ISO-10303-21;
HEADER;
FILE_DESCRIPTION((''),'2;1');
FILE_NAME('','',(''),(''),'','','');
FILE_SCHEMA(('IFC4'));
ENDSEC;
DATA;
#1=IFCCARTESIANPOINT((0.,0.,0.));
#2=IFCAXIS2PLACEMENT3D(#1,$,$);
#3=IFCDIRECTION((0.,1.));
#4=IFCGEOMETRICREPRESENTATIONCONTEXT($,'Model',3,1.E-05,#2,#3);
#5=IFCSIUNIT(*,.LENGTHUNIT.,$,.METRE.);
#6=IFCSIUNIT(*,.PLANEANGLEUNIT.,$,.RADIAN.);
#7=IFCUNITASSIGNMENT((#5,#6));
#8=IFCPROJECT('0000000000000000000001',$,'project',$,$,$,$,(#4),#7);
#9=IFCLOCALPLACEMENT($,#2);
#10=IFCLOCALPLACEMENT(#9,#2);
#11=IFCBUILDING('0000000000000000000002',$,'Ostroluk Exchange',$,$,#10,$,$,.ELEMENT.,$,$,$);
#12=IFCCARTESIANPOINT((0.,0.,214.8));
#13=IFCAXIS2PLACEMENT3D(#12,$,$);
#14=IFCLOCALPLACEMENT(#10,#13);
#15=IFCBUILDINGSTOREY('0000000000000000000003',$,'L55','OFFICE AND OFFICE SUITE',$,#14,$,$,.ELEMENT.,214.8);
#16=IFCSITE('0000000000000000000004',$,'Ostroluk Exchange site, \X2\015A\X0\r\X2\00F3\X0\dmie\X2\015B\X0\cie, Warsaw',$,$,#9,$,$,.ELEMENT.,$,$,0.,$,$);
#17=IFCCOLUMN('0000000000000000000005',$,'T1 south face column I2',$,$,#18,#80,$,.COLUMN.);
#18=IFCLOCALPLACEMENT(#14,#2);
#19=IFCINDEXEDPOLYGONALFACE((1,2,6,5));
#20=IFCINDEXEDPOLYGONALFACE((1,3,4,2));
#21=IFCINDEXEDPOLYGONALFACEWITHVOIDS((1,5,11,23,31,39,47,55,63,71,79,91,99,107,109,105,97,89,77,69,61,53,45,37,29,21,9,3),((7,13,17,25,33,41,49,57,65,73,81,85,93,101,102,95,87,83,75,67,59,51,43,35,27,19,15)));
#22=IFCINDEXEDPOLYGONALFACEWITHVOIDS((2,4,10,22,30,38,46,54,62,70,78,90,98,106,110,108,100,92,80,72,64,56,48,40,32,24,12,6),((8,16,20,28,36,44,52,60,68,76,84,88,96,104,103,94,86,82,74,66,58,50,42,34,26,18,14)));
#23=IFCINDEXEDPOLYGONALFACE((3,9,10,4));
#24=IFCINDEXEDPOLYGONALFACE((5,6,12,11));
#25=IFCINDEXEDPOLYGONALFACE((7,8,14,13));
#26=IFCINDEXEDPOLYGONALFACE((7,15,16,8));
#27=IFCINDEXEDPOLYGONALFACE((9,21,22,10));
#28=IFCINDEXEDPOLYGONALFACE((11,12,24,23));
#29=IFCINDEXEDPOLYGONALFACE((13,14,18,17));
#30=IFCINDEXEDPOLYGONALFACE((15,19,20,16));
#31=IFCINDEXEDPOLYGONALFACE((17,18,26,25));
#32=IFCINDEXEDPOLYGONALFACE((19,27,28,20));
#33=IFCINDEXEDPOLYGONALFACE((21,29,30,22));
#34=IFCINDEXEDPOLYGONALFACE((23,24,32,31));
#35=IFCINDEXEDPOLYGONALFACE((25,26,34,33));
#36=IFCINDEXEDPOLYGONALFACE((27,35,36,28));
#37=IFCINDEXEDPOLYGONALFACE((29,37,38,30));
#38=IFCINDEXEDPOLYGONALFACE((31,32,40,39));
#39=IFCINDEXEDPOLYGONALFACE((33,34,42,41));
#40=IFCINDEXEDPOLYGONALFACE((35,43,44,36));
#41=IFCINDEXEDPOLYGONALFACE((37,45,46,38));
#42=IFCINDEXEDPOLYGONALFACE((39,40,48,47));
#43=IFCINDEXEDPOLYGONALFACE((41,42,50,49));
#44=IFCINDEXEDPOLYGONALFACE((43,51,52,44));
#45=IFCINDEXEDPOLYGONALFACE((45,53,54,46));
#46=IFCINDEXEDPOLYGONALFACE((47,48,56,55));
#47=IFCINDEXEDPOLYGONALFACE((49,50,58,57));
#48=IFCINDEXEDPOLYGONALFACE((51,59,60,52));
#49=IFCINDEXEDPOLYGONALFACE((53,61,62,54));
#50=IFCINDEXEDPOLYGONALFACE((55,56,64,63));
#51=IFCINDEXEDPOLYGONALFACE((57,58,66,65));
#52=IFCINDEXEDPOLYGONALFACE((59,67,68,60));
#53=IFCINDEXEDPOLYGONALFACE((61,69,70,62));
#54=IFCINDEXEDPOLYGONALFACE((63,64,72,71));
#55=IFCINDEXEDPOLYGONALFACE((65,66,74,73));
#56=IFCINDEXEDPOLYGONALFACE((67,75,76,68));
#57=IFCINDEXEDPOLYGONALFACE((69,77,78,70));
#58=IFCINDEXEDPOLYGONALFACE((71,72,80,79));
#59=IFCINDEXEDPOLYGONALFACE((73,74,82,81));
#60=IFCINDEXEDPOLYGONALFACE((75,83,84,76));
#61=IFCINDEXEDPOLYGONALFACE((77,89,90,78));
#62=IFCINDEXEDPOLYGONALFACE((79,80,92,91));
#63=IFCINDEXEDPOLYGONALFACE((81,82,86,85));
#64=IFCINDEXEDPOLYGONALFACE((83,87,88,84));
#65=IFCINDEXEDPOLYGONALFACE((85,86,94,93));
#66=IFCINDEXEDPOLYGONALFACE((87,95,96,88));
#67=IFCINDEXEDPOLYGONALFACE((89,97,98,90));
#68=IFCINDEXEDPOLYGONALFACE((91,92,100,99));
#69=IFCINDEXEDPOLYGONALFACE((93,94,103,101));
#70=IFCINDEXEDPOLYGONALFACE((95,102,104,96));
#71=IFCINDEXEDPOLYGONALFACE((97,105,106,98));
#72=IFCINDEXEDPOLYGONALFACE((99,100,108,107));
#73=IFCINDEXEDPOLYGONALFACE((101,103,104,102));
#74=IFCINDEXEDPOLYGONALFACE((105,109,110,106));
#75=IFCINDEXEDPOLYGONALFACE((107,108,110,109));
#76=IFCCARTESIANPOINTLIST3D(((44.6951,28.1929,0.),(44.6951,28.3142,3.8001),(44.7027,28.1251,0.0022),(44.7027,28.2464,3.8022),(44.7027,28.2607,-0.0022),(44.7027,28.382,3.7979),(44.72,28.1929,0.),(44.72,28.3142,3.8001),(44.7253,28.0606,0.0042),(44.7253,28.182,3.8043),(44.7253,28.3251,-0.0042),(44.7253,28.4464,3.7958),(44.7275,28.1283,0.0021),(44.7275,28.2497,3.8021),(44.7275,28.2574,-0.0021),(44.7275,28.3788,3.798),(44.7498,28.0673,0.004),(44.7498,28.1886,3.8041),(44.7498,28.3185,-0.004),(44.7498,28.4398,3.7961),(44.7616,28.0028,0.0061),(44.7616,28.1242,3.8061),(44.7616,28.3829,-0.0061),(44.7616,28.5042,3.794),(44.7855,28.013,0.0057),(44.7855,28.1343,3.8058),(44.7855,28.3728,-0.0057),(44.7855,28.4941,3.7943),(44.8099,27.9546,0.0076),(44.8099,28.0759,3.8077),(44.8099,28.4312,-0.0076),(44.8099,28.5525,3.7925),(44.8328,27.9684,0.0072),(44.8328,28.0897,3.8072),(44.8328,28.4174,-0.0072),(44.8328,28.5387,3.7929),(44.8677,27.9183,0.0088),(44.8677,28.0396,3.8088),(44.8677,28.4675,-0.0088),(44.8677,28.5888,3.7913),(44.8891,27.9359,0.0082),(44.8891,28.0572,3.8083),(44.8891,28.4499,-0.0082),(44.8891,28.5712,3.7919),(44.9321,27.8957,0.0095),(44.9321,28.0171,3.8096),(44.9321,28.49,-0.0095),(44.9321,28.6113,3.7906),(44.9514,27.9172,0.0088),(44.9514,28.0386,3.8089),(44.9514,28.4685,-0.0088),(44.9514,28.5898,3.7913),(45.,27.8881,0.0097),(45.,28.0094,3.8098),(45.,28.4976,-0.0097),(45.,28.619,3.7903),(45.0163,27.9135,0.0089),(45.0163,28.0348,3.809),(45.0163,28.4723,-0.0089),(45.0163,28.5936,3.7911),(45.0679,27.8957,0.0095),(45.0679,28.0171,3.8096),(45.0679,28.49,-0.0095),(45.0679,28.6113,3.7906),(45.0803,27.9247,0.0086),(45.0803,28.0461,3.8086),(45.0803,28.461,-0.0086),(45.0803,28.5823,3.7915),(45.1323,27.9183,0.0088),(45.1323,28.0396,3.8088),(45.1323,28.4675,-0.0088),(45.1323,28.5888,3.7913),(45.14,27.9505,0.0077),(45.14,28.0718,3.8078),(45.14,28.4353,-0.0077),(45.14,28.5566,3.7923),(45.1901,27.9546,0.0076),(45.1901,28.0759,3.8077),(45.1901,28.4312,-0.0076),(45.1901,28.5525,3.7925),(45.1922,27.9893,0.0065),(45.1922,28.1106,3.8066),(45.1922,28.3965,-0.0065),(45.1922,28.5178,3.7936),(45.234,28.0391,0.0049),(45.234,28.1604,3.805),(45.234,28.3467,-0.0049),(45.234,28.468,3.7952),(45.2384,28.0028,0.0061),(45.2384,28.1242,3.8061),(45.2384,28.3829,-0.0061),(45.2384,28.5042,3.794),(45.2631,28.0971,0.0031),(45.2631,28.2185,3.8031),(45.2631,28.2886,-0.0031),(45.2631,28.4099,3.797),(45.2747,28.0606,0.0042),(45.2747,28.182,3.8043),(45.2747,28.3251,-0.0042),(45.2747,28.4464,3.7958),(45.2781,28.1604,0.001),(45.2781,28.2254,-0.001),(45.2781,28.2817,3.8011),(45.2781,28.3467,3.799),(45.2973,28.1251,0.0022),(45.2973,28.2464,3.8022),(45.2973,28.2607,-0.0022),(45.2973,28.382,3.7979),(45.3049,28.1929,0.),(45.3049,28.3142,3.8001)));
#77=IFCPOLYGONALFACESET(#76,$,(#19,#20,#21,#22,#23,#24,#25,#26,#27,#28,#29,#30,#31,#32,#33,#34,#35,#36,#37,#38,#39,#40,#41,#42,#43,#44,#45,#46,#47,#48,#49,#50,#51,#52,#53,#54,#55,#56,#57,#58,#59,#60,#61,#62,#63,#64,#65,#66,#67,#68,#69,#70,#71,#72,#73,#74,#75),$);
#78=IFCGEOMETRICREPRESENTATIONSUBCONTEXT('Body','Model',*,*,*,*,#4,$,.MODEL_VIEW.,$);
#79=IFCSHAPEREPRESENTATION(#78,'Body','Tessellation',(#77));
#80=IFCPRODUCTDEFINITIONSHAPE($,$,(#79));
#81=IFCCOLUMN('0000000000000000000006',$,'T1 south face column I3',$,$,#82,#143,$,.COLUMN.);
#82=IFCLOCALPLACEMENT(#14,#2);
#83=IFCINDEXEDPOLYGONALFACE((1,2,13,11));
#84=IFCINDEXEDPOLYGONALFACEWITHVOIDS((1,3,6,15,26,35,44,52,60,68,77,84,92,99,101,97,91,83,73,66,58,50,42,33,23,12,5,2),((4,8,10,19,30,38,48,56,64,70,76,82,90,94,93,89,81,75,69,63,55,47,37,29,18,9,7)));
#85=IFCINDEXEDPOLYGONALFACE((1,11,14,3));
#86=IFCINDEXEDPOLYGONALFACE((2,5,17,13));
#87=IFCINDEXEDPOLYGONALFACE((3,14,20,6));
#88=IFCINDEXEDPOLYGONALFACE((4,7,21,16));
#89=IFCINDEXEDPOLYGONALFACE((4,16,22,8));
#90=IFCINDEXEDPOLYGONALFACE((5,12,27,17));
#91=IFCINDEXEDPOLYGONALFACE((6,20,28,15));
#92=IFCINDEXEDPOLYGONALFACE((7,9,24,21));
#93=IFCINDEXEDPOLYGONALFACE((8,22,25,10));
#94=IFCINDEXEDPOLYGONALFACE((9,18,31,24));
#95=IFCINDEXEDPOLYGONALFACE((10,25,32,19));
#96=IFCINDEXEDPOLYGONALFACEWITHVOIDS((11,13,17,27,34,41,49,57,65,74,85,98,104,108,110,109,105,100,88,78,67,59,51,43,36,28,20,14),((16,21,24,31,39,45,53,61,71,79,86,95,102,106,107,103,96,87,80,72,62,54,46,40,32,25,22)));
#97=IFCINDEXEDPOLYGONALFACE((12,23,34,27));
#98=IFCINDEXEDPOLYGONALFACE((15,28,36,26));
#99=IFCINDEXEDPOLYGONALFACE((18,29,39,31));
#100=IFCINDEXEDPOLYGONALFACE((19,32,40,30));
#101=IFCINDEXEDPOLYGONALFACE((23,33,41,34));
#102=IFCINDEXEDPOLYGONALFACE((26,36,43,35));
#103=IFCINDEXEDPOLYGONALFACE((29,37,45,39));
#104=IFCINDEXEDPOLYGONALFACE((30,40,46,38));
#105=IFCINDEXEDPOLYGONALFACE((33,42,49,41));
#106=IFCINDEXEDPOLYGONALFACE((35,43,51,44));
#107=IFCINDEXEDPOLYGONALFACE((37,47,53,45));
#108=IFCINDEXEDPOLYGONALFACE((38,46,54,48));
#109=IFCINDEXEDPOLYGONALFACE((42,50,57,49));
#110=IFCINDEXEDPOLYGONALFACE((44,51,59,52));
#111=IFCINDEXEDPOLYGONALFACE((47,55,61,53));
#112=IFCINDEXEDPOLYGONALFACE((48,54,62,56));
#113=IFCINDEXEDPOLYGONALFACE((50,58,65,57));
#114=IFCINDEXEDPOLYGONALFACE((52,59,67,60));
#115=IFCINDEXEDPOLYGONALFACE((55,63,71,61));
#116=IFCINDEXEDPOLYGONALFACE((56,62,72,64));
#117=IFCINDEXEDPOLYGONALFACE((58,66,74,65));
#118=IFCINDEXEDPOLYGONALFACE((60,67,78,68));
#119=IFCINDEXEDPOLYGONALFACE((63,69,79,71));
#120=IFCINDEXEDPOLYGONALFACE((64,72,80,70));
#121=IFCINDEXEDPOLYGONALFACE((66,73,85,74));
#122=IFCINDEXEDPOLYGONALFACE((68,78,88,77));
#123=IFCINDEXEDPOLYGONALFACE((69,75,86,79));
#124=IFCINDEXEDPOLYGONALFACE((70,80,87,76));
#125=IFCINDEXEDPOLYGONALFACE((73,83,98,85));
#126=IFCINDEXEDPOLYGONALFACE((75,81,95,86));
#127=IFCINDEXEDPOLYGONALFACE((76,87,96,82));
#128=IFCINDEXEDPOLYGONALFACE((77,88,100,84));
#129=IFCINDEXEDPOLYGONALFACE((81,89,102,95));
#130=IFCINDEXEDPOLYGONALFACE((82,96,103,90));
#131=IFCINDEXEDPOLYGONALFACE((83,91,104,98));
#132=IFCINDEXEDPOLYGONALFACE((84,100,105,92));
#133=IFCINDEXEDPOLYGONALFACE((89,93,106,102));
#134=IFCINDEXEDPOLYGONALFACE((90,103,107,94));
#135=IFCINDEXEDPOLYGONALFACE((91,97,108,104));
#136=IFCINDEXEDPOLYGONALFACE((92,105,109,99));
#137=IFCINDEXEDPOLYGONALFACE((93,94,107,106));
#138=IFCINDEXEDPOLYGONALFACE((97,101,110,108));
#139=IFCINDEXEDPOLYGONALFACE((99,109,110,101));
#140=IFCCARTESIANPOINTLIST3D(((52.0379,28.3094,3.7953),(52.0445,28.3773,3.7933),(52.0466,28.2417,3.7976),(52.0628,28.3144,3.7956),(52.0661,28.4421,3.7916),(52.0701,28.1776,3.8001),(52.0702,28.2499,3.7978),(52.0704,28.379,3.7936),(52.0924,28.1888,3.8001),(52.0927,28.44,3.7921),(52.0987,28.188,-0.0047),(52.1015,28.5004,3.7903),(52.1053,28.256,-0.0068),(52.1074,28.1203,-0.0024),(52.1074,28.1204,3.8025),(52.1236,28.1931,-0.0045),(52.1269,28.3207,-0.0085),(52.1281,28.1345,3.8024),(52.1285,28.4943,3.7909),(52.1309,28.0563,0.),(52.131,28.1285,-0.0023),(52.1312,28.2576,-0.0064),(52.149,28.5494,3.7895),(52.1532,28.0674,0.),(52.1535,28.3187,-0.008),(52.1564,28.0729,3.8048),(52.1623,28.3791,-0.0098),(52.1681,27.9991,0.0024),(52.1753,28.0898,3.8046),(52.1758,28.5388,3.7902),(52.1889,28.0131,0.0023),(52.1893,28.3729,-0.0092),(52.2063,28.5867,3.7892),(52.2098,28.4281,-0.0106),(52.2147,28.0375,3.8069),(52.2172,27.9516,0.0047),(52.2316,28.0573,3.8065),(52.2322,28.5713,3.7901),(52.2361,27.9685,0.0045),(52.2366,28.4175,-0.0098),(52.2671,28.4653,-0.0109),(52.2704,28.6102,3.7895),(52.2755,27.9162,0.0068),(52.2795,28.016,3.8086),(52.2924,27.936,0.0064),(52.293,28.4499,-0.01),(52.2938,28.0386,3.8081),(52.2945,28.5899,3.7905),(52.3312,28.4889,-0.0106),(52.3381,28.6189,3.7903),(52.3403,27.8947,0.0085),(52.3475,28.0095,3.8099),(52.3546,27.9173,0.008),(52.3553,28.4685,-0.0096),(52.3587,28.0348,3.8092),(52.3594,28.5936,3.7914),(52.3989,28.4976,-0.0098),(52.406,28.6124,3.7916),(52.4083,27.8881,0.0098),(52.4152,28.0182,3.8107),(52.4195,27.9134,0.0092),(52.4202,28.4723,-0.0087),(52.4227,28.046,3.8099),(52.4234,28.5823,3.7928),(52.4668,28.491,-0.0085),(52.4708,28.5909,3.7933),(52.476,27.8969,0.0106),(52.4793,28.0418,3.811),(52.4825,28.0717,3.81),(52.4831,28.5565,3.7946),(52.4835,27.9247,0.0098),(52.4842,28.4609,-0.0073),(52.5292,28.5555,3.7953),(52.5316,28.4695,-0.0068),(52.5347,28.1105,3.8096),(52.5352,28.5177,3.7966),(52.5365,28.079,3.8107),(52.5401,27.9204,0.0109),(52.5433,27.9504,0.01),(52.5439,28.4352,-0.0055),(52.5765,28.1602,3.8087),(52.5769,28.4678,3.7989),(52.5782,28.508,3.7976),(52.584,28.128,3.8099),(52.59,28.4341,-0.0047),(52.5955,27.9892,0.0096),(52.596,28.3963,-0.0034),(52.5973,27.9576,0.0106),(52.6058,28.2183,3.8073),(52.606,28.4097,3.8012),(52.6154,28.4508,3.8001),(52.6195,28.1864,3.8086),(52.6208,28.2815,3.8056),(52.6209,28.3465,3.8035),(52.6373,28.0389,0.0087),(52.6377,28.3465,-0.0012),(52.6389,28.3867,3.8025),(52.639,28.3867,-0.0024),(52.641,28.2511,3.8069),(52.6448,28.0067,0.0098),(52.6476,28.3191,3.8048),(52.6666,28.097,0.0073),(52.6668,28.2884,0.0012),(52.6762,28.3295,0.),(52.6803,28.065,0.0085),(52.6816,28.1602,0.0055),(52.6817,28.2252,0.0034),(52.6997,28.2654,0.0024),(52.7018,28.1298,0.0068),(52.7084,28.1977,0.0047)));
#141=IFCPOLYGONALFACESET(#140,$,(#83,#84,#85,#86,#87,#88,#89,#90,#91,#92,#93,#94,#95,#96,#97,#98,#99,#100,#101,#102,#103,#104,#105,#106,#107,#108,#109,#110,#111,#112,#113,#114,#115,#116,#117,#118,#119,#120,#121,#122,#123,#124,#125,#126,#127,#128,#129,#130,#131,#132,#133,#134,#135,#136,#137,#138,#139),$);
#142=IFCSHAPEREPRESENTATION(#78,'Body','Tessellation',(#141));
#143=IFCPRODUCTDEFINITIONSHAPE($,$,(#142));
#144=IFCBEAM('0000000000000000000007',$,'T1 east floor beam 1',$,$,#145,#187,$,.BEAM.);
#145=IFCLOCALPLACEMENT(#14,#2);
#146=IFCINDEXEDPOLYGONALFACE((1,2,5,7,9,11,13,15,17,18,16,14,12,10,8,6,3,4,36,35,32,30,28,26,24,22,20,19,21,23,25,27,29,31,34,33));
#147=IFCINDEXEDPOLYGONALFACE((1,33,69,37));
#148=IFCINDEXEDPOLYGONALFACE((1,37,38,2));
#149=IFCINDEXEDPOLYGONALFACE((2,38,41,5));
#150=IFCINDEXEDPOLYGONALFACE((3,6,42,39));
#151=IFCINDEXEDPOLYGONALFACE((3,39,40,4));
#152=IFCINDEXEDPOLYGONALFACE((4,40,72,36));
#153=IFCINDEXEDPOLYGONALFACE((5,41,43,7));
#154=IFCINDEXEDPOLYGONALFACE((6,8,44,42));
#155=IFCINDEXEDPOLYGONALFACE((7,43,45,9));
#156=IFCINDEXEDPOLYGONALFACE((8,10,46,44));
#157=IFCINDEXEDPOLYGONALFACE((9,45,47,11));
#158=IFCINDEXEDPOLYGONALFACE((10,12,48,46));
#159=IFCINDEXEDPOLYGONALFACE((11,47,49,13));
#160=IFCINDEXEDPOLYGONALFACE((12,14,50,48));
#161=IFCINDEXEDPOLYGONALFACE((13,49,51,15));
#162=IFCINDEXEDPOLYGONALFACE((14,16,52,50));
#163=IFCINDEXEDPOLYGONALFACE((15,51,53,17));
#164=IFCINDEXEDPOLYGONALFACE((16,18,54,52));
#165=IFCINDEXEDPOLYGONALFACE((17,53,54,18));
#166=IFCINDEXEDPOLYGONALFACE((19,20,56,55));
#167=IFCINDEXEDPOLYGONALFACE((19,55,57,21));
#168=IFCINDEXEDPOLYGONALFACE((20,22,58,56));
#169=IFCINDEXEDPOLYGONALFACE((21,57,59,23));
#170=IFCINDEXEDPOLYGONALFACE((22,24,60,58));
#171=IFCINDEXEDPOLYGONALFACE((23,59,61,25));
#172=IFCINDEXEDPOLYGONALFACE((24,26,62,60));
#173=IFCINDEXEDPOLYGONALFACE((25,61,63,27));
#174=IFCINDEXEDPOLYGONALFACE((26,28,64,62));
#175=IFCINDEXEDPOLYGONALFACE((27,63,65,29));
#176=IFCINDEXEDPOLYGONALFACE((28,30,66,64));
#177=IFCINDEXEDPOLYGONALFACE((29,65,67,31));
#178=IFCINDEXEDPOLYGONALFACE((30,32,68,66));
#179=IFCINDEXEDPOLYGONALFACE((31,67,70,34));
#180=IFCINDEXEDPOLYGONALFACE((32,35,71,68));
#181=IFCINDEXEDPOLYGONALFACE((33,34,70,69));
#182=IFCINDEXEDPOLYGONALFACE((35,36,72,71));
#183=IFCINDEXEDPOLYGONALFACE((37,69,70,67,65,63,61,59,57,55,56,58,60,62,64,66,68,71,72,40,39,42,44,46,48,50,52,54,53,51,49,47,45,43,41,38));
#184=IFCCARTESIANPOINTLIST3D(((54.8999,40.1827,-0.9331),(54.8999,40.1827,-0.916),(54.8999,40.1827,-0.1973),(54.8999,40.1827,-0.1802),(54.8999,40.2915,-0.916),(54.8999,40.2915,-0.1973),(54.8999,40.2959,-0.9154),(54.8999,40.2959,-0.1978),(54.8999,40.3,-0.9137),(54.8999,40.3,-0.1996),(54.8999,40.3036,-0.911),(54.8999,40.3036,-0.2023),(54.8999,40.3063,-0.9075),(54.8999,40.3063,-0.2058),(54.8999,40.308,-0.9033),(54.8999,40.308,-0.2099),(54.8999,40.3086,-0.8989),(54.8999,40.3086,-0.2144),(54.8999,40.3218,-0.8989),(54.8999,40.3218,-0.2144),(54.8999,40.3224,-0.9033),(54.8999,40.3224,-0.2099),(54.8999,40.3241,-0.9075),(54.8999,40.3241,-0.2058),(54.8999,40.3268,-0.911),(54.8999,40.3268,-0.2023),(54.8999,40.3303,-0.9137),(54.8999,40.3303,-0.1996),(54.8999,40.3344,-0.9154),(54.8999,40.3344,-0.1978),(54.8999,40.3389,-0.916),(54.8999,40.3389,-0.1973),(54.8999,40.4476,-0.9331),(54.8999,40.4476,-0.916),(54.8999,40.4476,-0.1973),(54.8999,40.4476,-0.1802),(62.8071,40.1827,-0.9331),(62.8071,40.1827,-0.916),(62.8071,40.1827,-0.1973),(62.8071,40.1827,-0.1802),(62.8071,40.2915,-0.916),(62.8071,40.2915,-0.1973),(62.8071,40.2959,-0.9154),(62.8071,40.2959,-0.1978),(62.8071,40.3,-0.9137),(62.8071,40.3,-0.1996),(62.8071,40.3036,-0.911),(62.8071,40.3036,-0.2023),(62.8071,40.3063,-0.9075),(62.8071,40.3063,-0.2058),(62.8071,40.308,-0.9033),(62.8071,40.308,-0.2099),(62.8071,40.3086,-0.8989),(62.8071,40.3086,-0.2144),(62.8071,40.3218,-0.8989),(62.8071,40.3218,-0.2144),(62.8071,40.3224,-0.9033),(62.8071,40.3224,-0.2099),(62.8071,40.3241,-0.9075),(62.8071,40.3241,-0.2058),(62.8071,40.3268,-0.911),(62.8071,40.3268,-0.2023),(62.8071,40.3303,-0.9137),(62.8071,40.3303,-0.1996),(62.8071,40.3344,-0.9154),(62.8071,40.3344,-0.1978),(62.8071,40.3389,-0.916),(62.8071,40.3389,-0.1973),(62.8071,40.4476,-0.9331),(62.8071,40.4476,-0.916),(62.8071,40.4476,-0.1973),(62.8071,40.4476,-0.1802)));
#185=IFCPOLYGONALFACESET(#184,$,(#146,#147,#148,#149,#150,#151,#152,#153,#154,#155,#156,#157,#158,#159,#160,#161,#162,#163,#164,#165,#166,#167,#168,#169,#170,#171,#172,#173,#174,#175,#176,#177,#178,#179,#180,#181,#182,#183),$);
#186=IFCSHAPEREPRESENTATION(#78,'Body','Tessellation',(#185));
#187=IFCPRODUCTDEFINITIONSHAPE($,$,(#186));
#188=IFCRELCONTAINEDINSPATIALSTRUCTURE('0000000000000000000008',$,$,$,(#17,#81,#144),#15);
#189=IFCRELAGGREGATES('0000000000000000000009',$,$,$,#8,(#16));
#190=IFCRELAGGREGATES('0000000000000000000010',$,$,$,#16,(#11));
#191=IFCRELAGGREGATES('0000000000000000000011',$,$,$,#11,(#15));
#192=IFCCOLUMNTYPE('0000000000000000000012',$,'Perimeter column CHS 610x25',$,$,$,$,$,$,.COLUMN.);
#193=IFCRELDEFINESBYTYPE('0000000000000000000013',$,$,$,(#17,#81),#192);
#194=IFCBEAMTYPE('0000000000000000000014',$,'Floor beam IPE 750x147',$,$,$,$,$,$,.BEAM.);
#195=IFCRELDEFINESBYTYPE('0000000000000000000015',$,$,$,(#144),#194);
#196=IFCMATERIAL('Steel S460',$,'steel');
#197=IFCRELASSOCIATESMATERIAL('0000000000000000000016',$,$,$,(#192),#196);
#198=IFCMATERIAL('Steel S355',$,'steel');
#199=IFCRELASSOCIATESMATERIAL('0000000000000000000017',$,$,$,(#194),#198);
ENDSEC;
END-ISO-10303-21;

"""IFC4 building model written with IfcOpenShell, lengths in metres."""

from ifc_helpers import new_model, si_unit, direction, frame, origin, origin_2d, place, context, subcontext, project, spatial, hollow_circle, i_section, extrude, material, material_profile, profile_set, type_object, element, save


model = new_model("IFC4")

# Units and contexts
model_context = context("Model", 3, precision=1e-05, world=origin(), true_north=direction((0.0, 1.0)))
body_context = subcontext(model_context, "Body", "Model", "MODEL_VIEW")
ifc_project = project(units=[si_unit("LENGTHUNIT", "METRE"), si_unit("PLANEANGLEUNIT", "RADIAN")], contexts=[model_context])

# Site, building, storey
site_placement = place(None, origin())
site = spatial("IfcSite", under=ifc_project, at=site_placement, Name="Ostroluk Exchange site, Śródmieście, Warsaw", CompositionType="ELEMENT", RefElevation=0.0)
building_placement = place(site_placement, origin())
building = spatial("IfcBuilding", under=site, at=building_placement, Name="Ostroluk Exchange", CompositionType="ELEMENT")
storey_placement = place(building_placement, frame((0.0, 0.0, 214.8)))
storey = spatial("IfcBuildingStorey", under=building, at=storey_placement, Name="L55", Description="OFFICE AND OFFICE SUITE", CompositionType="ELEMENT", Elevation=214.8)

# Columns
ifc_material_1 = material(Name="Steel S460", Category="steel")
ifc_material_profile_1 = material_profile(ifc_material_1, hollow_circle(Radius=0.3049, WallThickness=0.0249, at=origin_2d()), Name="CHS 610x25")
ifc_profile_set_1 = profile_set([ifc_material_profile_1], Name="Steel S460")
column_type = type_object("IfcColumnType", Name="Perimeter column CHS 610x25", PredefinedType="COLUMN", material=ifc_profile_set_1)
column_1_placement = place(storey_placement, frame((45.0, 28.1929, 0.0), z_axis=(0.0, 0.031914, 0.999491), x_axis=(-1.0, 0.0, 0.0)))
element("IfcColumn", 1, at=column_1_placement, inside=storey, type_object=column_type, Name="T1 south face column I2", PredefinedType="COLUMN", context=body_context, shape_type="SweptSolid", body=[
    extrude(hollow_circle(Radius=0.3049, WallThickness=0.0249, at=origin_2d()), origin(), (0.0, 0.0, 1.0), 3.802),
])
column_2_placement = place(storey_placement, frame((52.4036, 28.1929, 0.0), z_axis=(-0.015987, 0.03191, 0.999363), x_axis=(-0.894067, -0.447933, 0.0)))
element("IfcColumn", 2, at=column_2_placement, inside=storey, type_object=column_type, Name="T1 south face column I3", PredefinedType="COLUMN", context=body_context, shape_type="SweptSolid", body=[
    extrude(hollow_circle(Radius=0.3049, WallThickness=0.0249, at=origin_2d()), origin(), (0.0, 0.0, 1.0), 3.8025),
])

# Beam
ifc_material_2 = material(Name="Steel S355", Category="steel")
ifc_material_profile_2 = material_profile(ifc_material_2, i_section(OverallWidth=0.2649, OverallDepth=0.7529, WebThickness=0.0132, FlangeThickness=0.0171, FilletRadius=0.0171, at=origin_2d()), Name="IPE 750x147")
ifc_profile_set_2 = profile_set([ifc_material_profile_2], Name="Steel S355")
beam_type_1 = type_object("IfcBeamType", Name="Floor beam IPE 750x147", PredefinedType="BEAM", material=ifc_profile_set_2)
for number, where, z_axis, x_axis, name in (
    (3, (54.8999, 40.3152, -0.5566), (1.0, 0.0, 0.0), (0.0, 1.0, 0.0), "T1 east floor beam 1"),
):
    element("IfcBeam", number, at=place(storey_placement, frame(where, z_axis=z_axis, x_axis=x_axis)), inside=storey, type_object=beam_type_1, Name=name, PredefinedType="BEAM", context=body_context, shape_type="SweptSolid", body=[
        extrude(i_section(OverallWidth=0.2649, OverallDepth=0.7529, WebThickness=0.0132, FlangeThickness=0.0171, FilletRadius=0.0171, at=origin_2d()), origin(), (0.0, 0.0, 1.0), 7.9072),
    ])

save(model, "model.ifc")
